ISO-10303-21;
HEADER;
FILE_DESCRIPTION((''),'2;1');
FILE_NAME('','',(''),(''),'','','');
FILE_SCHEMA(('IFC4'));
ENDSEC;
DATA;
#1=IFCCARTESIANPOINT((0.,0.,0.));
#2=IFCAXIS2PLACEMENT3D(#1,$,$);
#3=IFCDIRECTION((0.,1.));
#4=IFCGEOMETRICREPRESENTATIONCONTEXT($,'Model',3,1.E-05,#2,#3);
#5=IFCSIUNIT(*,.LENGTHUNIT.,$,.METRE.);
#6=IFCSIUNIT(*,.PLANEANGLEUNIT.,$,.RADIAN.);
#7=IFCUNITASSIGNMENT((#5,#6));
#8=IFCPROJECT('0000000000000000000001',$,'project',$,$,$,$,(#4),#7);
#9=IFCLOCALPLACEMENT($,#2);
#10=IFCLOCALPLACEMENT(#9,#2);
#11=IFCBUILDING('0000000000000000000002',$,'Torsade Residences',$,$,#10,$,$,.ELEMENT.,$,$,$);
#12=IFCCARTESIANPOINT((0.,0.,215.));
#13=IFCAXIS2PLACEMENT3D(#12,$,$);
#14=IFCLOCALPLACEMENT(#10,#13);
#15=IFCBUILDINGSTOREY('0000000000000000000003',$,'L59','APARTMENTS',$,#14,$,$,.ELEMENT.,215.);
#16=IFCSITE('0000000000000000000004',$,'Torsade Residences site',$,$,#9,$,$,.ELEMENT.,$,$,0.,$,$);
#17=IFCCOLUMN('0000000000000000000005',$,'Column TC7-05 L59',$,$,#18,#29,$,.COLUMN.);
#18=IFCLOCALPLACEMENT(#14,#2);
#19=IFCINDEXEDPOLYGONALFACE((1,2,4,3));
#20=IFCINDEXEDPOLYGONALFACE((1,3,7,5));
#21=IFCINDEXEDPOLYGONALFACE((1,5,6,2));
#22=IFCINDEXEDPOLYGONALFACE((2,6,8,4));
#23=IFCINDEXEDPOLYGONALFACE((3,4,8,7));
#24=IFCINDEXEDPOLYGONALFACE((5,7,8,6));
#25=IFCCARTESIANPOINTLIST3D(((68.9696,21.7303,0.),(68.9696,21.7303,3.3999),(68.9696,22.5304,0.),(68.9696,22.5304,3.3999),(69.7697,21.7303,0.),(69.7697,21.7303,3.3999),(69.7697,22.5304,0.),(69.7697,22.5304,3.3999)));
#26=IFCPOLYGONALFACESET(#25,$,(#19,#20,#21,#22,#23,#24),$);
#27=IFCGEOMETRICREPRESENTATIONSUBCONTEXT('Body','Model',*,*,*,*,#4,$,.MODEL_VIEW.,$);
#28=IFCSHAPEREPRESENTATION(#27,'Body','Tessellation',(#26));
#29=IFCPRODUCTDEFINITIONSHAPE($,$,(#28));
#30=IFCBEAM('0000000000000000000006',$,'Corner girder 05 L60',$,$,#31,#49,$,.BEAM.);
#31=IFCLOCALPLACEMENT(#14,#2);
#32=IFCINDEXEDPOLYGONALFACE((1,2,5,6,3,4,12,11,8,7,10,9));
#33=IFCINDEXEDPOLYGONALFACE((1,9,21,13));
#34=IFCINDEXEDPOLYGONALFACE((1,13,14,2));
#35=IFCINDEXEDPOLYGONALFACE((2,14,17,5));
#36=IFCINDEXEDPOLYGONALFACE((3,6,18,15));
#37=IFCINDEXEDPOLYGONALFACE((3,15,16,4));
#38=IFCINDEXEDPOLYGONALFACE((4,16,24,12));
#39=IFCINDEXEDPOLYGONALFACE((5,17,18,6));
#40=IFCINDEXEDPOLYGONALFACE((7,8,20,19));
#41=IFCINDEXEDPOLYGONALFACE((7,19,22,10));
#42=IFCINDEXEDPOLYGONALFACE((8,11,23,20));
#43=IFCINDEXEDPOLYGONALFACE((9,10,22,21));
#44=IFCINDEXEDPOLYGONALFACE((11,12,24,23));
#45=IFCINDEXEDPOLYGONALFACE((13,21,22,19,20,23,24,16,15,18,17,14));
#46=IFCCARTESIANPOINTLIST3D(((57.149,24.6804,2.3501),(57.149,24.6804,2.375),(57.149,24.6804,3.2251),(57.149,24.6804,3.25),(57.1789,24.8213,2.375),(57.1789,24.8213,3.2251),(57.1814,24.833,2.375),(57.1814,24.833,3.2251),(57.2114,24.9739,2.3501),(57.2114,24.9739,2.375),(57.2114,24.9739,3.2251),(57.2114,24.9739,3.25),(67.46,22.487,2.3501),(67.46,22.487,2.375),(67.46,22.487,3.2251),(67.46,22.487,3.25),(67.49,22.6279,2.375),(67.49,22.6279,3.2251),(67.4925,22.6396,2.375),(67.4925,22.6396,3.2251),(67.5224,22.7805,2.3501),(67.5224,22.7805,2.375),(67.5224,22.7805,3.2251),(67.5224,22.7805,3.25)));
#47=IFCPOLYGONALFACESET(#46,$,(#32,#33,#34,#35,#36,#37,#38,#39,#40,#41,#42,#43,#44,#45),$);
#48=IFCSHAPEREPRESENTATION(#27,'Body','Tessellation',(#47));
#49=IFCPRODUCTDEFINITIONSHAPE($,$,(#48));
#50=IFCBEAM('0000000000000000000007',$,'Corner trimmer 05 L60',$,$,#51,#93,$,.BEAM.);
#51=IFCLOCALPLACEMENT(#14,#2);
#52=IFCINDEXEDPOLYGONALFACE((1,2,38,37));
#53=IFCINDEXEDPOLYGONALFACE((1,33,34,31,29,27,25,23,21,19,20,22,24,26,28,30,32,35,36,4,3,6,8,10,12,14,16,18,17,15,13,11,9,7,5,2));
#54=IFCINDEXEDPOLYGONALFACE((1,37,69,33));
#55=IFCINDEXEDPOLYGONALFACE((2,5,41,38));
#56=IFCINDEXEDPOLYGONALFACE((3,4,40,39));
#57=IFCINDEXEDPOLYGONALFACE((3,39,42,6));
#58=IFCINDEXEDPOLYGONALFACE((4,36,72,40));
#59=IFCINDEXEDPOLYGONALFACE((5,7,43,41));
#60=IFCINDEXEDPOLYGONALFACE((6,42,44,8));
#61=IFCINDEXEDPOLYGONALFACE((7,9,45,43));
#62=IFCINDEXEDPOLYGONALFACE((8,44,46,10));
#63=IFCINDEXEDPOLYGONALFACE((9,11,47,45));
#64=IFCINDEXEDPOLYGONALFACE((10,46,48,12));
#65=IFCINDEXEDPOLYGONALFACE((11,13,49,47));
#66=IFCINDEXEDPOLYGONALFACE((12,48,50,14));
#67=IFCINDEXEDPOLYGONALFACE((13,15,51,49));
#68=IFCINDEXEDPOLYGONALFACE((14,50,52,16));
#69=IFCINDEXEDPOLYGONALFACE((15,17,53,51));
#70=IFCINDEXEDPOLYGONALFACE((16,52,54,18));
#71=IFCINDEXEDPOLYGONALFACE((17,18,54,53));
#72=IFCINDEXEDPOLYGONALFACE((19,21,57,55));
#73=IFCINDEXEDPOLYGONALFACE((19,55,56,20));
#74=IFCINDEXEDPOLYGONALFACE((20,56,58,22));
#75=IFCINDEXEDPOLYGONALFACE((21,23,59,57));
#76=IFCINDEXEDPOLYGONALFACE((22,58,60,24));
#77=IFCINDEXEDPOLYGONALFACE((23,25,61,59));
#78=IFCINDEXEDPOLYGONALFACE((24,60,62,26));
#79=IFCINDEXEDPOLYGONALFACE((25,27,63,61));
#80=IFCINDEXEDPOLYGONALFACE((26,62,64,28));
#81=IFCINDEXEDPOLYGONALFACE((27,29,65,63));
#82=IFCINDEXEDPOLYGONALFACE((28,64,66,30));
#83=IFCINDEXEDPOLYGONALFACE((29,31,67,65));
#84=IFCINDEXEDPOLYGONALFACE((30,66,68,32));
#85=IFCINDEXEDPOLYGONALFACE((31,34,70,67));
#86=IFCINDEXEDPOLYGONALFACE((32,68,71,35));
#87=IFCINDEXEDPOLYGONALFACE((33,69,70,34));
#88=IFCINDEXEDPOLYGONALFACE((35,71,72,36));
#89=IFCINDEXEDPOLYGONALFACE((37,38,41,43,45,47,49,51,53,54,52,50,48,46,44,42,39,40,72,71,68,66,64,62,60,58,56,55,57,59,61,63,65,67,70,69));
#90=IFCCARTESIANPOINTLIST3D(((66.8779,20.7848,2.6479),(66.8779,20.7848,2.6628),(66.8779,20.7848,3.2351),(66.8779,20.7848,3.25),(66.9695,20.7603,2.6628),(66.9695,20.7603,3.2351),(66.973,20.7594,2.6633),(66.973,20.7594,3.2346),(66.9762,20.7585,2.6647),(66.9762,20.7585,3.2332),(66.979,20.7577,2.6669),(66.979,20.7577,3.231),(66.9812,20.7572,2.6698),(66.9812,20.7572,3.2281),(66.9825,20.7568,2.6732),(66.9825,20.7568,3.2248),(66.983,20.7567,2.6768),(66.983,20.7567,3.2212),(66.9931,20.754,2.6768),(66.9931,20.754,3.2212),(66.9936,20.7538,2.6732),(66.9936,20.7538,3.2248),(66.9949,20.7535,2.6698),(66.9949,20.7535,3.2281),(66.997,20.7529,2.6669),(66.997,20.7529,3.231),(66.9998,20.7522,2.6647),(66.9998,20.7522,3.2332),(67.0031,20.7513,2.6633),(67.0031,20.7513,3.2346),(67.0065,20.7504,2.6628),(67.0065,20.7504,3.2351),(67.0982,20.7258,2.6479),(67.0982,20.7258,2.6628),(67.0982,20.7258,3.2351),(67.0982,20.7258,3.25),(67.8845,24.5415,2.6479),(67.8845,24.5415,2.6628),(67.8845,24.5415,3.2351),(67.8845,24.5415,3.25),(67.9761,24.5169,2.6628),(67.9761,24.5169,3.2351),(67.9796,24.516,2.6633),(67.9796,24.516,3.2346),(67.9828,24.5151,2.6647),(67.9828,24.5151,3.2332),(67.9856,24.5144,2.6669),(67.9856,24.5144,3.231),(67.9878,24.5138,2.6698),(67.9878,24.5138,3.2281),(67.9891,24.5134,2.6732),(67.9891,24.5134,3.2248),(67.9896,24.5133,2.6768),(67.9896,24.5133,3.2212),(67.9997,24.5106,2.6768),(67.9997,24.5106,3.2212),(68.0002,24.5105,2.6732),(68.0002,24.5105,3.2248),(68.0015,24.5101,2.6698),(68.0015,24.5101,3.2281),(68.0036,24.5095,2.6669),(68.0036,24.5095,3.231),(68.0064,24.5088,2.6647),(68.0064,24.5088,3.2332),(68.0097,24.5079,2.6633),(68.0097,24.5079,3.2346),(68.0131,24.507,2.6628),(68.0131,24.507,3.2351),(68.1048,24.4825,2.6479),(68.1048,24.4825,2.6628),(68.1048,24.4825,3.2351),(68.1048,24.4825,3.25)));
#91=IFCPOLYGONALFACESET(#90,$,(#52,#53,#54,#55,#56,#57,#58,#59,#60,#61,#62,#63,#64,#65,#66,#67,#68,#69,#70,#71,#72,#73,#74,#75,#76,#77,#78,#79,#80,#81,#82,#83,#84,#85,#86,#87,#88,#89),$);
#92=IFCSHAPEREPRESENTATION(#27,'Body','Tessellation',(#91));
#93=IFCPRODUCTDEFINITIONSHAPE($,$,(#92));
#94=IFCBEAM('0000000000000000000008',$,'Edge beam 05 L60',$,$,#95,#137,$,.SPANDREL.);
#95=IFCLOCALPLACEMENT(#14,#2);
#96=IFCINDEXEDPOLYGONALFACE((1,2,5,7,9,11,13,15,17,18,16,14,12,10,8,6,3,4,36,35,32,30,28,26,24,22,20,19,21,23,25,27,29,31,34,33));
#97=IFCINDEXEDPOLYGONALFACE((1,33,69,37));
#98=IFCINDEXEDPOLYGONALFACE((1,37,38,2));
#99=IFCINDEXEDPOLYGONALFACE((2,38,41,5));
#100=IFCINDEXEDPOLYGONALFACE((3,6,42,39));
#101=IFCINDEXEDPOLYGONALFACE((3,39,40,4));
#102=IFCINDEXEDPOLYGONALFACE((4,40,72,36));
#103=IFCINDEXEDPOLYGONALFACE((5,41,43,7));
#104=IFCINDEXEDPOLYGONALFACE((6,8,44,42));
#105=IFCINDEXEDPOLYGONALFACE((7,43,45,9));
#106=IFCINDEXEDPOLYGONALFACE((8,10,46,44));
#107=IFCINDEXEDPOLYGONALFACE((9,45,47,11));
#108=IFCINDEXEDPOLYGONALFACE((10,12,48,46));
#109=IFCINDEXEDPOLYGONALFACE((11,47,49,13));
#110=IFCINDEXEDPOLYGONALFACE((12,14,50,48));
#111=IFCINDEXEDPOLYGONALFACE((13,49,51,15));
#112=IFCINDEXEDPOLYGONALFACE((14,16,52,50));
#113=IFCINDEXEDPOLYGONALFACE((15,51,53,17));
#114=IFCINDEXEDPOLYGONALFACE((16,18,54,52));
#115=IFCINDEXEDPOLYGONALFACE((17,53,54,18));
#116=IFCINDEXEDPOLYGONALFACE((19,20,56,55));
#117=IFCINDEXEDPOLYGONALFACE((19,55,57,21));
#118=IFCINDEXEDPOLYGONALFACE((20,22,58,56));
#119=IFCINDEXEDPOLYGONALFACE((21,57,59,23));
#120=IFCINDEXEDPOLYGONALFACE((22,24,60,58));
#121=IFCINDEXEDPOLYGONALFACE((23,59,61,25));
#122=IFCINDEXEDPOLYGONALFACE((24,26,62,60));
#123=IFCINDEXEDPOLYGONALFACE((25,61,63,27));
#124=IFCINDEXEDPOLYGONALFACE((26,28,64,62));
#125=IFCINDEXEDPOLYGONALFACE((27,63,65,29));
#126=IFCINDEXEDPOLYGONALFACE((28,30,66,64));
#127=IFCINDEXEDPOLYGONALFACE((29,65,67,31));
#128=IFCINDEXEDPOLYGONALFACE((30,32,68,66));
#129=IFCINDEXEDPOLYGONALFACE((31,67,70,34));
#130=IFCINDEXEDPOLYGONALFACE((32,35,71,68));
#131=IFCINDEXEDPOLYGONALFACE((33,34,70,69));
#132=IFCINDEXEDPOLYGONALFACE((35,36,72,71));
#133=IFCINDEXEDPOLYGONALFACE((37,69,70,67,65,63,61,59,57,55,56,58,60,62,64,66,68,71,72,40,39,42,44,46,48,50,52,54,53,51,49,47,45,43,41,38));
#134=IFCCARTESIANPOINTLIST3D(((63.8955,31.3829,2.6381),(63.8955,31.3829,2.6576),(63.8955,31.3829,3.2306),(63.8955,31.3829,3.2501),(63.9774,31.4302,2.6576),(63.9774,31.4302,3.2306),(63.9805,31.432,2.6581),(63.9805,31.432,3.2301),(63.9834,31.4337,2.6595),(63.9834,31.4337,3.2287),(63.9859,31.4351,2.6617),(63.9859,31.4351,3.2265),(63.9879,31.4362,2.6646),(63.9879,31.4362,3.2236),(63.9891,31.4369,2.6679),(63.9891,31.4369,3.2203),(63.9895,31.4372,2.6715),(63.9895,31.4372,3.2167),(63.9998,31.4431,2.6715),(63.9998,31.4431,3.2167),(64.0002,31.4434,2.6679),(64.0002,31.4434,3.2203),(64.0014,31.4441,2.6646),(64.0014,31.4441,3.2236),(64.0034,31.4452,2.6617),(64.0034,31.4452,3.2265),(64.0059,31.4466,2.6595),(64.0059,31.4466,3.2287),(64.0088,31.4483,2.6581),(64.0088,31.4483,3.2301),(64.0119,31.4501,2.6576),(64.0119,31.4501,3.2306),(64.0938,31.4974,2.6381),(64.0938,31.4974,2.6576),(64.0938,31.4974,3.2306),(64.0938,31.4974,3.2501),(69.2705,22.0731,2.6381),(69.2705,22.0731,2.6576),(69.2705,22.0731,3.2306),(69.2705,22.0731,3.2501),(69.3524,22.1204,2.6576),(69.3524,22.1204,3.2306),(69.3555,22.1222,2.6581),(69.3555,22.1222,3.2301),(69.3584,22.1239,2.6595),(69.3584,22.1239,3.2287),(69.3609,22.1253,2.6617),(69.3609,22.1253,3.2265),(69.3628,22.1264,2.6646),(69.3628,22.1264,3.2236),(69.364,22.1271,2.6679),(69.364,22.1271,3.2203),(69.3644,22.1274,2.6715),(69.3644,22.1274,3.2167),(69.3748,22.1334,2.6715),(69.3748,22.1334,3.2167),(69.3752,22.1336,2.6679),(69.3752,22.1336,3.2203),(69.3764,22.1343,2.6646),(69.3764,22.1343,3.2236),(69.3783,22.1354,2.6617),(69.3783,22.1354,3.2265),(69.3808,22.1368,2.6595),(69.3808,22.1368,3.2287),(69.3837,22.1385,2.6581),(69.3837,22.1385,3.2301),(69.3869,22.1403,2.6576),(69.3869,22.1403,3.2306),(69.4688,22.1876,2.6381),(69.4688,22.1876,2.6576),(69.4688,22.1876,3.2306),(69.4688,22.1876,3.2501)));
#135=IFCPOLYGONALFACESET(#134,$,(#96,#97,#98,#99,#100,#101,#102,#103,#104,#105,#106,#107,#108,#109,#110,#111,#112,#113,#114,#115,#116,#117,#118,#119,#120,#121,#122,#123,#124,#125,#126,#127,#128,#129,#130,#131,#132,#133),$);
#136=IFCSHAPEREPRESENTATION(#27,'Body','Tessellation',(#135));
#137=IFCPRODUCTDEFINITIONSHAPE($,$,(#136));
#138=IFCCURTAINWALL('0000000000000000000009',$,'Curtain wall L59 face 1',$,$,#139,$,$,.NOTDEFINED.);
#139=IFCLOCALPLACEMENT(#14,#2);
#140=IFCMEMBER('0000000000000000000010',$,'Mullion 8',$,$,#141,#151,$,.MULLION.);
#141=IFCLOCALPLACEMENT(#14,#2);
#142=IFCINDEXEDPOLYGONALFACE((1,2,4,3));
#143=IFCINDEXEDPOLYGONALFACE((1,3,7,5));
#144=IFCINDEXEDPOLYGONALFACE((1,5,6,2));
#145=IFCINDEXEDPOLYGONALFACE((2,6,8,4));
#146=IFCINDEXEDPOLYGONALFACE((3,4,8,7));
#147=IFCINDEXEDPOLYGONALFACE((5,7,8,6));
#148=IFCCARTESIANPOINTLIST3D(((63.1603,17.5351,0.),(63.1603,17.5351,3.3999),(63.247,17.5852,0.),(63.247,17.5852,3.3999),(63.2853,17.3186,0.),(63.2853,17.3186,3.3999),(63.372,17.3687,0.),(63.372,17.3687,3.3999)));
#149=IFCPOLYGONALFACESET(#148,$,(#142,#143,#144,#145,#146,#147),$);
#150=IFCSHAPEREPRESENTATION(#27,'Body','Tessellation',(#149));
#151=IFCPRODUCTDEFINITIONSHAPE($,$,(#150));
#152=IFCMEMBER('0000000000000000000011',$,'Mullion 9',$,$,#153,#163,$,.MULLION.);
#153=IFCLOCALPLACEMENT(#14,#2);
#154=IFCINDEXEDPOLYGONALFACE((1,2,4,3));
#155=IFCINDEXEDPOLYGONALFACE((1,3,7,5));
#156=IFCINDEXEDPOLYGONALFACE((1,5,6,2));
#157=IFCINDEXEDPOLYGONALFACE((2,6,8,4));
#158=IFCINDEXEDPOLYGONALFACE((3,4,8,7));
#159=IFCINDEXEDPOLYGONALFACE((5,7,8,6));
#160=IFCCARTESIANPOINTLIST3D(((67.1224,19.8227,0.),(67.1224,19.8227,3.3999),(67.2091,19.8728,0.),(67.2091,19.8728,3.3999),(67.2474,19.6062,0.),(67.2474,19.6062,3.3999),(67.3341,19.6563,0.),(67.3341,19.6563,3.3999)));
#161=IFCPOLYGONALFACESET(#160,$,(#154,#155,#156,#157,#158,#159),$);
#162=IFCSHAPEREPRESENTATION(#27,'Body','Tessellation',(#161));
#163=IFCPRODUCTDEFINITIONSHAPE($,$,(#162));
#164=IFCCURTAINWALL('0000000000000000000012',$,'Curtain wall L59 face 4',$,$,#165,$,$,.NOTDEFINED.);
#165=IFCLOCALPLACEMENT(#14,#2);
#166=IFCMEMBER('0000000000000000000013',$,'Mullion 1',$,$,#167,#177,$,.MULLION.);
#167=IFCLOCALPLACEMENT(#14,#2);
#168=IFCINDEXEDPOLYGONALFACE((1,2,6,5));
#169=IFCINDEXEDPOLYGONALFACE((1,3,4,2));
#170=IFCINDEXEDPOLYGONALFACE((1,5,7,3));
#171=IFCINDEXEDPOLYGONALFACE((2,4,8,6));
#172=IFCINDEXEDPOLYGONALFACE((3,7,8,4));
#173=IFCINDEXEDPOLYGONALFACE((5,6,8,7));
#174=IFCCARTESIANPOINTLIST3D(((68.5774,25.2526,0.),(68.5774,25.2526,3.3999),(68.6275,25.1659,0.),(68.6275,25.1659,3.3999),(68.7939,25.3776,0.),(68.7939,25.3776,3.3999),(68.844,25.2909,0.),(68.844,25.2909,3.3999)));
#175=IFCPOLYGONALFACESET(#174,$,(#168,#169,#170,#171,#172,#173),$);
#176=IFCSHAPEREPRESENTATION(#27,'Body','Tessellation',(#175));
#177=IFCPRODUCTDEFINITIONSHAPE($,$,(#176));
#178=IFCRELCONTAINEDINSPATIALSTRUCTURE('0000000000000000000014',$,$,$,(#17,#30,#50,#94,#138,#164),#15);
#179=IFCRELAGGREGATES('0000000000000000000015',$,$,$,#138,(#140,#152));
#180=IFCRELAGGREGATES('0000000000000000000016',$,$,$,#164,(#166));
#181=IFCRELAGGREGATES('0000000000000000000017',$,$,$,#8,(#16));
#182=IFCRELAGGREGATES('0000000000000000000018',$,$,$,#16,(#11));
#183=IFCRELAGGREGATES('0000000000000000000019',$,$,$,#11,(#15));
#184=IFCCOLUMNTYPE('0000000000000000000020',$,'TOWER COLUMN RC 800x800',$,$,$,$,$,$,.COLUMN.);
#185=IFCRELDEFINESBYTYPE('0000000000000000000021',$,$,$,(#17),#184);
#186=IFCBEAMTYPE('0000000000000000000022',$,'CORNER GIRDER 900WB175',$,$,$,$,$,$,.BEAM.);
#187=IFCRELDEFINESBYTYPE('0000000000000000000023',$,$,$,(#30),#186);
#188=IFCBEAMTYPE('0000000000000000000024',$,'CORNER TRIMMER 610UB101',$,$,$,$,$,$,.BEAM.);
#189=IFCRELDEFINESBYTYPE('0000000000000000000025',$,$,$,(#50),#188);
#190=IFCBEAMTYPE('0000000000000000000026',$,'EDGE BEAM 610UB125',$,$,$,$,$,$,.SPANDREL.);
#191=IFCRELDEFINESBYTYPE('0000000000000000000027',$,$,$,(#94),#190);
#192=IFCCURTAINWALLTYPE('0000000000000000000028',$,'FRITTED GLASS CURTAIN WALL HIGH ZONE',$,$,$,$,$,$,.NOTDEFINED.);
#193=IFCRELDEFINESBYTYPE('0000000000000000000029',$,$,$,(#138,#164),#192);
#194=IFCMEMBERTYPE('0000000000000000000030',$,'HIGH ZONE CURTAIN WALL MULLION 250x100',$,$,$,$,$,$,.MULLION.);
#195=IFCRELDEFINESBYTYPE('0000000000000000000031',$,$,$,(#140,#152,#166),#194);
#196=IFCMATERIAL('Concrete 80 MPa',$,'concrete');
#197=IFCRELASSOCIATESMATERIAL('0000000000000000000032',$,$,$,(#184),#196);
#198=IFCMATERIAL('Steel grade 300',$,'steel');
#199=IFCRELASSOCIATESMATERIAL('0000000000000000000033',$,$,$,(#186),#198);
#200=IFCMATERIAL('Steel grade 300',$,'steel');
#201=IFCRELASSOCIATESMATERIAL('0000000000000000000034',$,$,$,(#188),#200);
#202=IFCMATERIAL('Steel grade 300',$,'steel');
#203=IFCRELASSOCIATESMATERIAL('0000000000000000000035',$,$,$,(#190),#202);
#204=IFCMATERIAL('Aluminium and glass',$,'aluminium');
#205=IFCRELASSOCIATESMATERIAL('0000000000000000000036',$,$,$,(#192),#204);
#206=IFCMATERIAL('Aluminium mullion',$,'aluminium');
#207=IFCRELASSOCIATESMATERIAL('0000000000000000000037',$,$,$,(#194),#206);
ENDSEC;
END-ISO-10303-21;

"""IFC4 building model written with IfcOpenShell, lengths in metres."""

from ifc_helpers import new_model, si_unit, direction, frame, origin, origin_2d, place, context, subcontext, project, spatial, rectangle, i_section, extrude, material, material_profile, profile_set, type_object, element, aggregate, save


model = new_model("IFC4")

# Units and contexts
model_context = context("Model", 3, precision=1e-05, world=origin(), true_north=direction((0.0, 1.0)))
body_context = subcontext(model_context, "Body", "Model", "MODEL_VIEW")
ifc_project = project(units=[si_unit("LENGTHUNIT", "METRE"), si_unit("PLANEANGLEUNIT", "RADIAN")], contexts=[model_context])

# Site, building, storey
site_placement = place(None, origin())
site = spatial("IfcSite", under=ifc_project, at=site_placement, Name="Torsade Residences site", CompositionType="ELEMENT", RefElevation=0.0)
building_placement = place(site_placement, origin())
building = spatial("IfcBuilding", under=site, at=building_placement, Name="Torsade Residences", CompositionType="ELEMENT")
storey_placement = place(building_placement, frame((0.0, 0.0, 215.0)))
storey = spatial("IfcBuildingStorey", under=building, at=storey_placement, Name="L59", Description="APARTMENTS", CompositionType="ELEMENT", Elevation=215.0)

# Column
ifc_material_1 = material(Name="Concrete 80 MPa", Category="concrete")
ifc_material_profile_1 = material_profile(ifc_material_1, rectangle(XDim=0.8, YDim=0.8, at=origin_2d()), Name="RC 800x800")
ifc_profile_set_1 = profile_set([ifc_material_profile_1], Name="Concrete 80 MPa")
column_type = type_object("IfcColumnType", Name="TOWER COLUMN RC 800x800", PredefinedType="COLUMN", material=ifc_profile_set_1)
column_placement = place(storey_placement, frame((69.3696, 22.1304, 0.0), z_axis=(0.0, 0.0, 1.0), x_axis=(1.0, 0.0, 0.0)))
element("IfcColumn", 1, at=column_placement, inside=storey, type_object=column_type, Name="Column TC7-05 L59", PredefinedType="COLUMN", context=body_context, shape_type="SweptSolid", body=[
    extrude(rectangle(XDim=0.8, YDim=0.8, at=origin_2d()), origin(), (0.0, 0.0, 1.0), 3.3999),
])

# Beams
ifc_material_2 = material(Name="Steel grade 300", Category="steel")
ifc_material_profile_2 = material_profile(ifc_material_2, i_section(OverallWidth=0.3, OverallDepth=0.8999, WebThickness=0.012, FlangeThickness=0.0249, at=origin_2d()), Name="900WB175")
ifc_profile_set_2 = profile_set([ifc_material_profile_2], Name="Steel grade 300")
beam_type_1 = type_object("IfcBeamType", Name="CORNER GIRDER 900WB175", PredefinedType="BEAM", material=ifc_profile_set_2)
beam_1_placement = place(storey_placement, frame((67.4912, 22.6338, 2.8), z_axis=(-0.978115, 0.208064, 0.0), x_axis=(-0.208064, -0.978115, 0.0)))
element("IfcBeam", 2, at=beam_1_placement, inside=storey, type_object=beam_type_1, Name="Corner girder 05 L60", PredefinedType="BEAM", context=body_context, shape_type="SweptSolid", body=[
    extrude(i_section(OverallWidth=0.3, OverallDepth=0.8999, WebThickness=0.012, FlangeThickness=0.0249, at=origin_2d()), origin(), (0.0, 0.0, 1.0), 10.5417),
])
ifc_material_3 = material(Name="Steel grade 300", Category="steel")
ifc_material_profile_3 = material_profile(ifc_material_3, i_section(OverallWidth=0.228, OverallDepth=0.6021, WebThickness=0.0105, FlangeThickness=0.0149, FilletRadius=0.0139, at=origin_2d()), Name="610UB101")
ifc_profile_set_3 = profile_set([ifc_material_profile_3], Name="Steel grade 300")
beam_type_2 = type_object("IfcBeamType", Name="CORNER TRIMMER 610UB101", PredefinedType="BEAM", material=ifc_profile_set_3)
beam_2_placement = place(storey_placement, frame((67.9946, 24.512, 2.949), z_axis=(-0.258823, -0.965925, 0.0), x_axis=(0.965925, -0.258823, 0.0)))
element("IfcBeam", 3, at=beam_2_placement, inside=storey, type_object=beam_type_2, Name="Corner trimmer 05 L60", PredefinedType="BEAM", context=body_context, shape_type="SweptSolid", body=[
    extrude(i_section(OverallWidth=0.228, OverallDepth=0.6021, WebThickness=0.0105, FlangeThickness=0.0149, FilletRadius=0.0139, at=origin_2d()), origin(), (0.0, 0.0, 1.0), 3.8892),
])
ifc_material_4 = material(Name="Steel grade 300", Category="steel")
ifc_material_profile_4 = material_profile(ifc_material_4, i_section(OverallWidth=0.229, OverallDepth=0.6121, WebThickness=0.012, FlangeThickness=0.0195, FilletRadius=0.0139, at=origin_2d()), Name="610UB125")
ifc_profile_set_4 = profile_set([ifc_material_profile_4], Name="Steel grade 300")
beam_type_3 = type_object("IfcBeamType", Name="EDGE BEAM 610UB125", PredefinedType="SPANDREL", material=ifc_profile_set_4)
beam_3_placement = place(storey_placement, frame((69.3696, 22.1304, 2.9441), z_axis=(-0.499998, 0.866026, 0.0), x_axis=(-0.866026, -0.499998, 0.0)))
element("IfcBeam", 4, at=beam_3_placement, inside=storey, type_object=beam_type_3, Name="Edge beam 05 L60", PredefinedType="SPANDREL", context=body_context, shape_type="SweptSolid", body=[
    extrude(i_section(OverallWidth=0.229, OverallDepth=0.6121, WebThickness=0.012, FlangeThickness=0.0195, FilletRadius=0.0139, at=origin_2d()), origin(), (0.0, 0.0, 1.0), 10.75),
])

# Curtain wall, members
ifc_material_5 = material(Name="Aluminium and glass", Category="aluminium")
curtain_wall_type = type_object("IfcCurtainWallType", Name="FRITTED GLASS CURTAIN WALL HIGH ZONE", PredefinedType="NOTDEFINED", material=ifc_material_5)
curtain_wall_1_placement = place(storey_placement, origin())
curtain_wall_1 = element("IfcCurtainWall", 5, at=curtain_wall_1_placement, inside=storey, type_object=curtain_wall_type, Name="Curtain wall L59 face 1", PredefinedType="NOTDEFINED")
ifc_material_6 = material(Name="Aluminium mullion", Category="aluminium")
ifc_material_profile_5 = material_profile(ifc_material_6, rectangle(XDim=0.25, YDim=0.1001, at=origin_2d()), Name="HIGH ZONE CURTAIN WALL MULLION 250x100")
ifc_profile_set_5 = profile_set([ifc_material_profile_5], Name="Aluminium mullion")
member_type_1 = type_object("IfcMemberType", Name="HIGH ZONE CURTAIN WALL MULLION 250x100", PredefinedType="MULLION", material=ifc_profile_set_5)
member_1_placement = place(storey_placement, frame((63.2661, 17.4519, 0.0), z_axis=(0.0, 0.0, 1.0), x_axis=(-0.5, 0.866025, 0.0)))
member_1 = element("IfcMember", 6, at=member_1_placement, type_object=member_type_1, Name="Mullion 8", PredefinedType="MULLION", context=body_context, shape_type="SweptSolid", body=[
    extrude(rectangle(XDim=0.25, YDim=0.1001, at=origin_2d()), origin(), (0.0, 0.0, 1.0), 3.3999),
])
member_2_placement = place(storey_placement, frame((67.2283, 19.7395, 0.0), z_axis=(0.0, 0.0, 1.0), x_axis=(-0.5, 0.866025, 0.0)))
member_2 = element("IfcMember", 7, at=member_2_placement, type_object=member_type_1, Name="Mullion 9", PredefinedType="MULLION", context=body_context, shape_type="SweptSolid", body=[
    extrude(rectangle(XDim=0.25, YDim=0.1001, at=origin_2d()), origin(), (0.0, 0.0, 1.0), 3.3999),
])

# Curtain wall, member
curtain_wall_2_placement = place(storey_placement, origin())
curtain_wall_2 = element("IfcCurtainWall", 8, at=curtain_wall_2_placement, inside=storey, type_object=curtain_wall_type, Name="Curtain wall L59 face 4", PredefinedType="NOTDEFINED")
member_3_placement = place(storey_placement, frame((68.7107, 25.2717, 0.0), z_axis=(0.0, 0.0, 1.0), x_axis=(-0.866025, -0.5, 0.0)))
member_3 = element("IfcMember", 9, at=member_3_placement, type_object=member_type_1, Name="Mullion 1", PredefinedType="MULLION", context=body_context, shape_type="SweptSolid", body=[
    extrude(rectangle(XDim=0.25, YDim=0.1001, at=origin_2d()), origin(), (0.0, 0.0, 1.0), 3.3999),
])

aggregate(curtain_wall_1, [member_1, member_2])
aggregate(curtain_wall_2, [member_3])

save(model, "model.ifc")
